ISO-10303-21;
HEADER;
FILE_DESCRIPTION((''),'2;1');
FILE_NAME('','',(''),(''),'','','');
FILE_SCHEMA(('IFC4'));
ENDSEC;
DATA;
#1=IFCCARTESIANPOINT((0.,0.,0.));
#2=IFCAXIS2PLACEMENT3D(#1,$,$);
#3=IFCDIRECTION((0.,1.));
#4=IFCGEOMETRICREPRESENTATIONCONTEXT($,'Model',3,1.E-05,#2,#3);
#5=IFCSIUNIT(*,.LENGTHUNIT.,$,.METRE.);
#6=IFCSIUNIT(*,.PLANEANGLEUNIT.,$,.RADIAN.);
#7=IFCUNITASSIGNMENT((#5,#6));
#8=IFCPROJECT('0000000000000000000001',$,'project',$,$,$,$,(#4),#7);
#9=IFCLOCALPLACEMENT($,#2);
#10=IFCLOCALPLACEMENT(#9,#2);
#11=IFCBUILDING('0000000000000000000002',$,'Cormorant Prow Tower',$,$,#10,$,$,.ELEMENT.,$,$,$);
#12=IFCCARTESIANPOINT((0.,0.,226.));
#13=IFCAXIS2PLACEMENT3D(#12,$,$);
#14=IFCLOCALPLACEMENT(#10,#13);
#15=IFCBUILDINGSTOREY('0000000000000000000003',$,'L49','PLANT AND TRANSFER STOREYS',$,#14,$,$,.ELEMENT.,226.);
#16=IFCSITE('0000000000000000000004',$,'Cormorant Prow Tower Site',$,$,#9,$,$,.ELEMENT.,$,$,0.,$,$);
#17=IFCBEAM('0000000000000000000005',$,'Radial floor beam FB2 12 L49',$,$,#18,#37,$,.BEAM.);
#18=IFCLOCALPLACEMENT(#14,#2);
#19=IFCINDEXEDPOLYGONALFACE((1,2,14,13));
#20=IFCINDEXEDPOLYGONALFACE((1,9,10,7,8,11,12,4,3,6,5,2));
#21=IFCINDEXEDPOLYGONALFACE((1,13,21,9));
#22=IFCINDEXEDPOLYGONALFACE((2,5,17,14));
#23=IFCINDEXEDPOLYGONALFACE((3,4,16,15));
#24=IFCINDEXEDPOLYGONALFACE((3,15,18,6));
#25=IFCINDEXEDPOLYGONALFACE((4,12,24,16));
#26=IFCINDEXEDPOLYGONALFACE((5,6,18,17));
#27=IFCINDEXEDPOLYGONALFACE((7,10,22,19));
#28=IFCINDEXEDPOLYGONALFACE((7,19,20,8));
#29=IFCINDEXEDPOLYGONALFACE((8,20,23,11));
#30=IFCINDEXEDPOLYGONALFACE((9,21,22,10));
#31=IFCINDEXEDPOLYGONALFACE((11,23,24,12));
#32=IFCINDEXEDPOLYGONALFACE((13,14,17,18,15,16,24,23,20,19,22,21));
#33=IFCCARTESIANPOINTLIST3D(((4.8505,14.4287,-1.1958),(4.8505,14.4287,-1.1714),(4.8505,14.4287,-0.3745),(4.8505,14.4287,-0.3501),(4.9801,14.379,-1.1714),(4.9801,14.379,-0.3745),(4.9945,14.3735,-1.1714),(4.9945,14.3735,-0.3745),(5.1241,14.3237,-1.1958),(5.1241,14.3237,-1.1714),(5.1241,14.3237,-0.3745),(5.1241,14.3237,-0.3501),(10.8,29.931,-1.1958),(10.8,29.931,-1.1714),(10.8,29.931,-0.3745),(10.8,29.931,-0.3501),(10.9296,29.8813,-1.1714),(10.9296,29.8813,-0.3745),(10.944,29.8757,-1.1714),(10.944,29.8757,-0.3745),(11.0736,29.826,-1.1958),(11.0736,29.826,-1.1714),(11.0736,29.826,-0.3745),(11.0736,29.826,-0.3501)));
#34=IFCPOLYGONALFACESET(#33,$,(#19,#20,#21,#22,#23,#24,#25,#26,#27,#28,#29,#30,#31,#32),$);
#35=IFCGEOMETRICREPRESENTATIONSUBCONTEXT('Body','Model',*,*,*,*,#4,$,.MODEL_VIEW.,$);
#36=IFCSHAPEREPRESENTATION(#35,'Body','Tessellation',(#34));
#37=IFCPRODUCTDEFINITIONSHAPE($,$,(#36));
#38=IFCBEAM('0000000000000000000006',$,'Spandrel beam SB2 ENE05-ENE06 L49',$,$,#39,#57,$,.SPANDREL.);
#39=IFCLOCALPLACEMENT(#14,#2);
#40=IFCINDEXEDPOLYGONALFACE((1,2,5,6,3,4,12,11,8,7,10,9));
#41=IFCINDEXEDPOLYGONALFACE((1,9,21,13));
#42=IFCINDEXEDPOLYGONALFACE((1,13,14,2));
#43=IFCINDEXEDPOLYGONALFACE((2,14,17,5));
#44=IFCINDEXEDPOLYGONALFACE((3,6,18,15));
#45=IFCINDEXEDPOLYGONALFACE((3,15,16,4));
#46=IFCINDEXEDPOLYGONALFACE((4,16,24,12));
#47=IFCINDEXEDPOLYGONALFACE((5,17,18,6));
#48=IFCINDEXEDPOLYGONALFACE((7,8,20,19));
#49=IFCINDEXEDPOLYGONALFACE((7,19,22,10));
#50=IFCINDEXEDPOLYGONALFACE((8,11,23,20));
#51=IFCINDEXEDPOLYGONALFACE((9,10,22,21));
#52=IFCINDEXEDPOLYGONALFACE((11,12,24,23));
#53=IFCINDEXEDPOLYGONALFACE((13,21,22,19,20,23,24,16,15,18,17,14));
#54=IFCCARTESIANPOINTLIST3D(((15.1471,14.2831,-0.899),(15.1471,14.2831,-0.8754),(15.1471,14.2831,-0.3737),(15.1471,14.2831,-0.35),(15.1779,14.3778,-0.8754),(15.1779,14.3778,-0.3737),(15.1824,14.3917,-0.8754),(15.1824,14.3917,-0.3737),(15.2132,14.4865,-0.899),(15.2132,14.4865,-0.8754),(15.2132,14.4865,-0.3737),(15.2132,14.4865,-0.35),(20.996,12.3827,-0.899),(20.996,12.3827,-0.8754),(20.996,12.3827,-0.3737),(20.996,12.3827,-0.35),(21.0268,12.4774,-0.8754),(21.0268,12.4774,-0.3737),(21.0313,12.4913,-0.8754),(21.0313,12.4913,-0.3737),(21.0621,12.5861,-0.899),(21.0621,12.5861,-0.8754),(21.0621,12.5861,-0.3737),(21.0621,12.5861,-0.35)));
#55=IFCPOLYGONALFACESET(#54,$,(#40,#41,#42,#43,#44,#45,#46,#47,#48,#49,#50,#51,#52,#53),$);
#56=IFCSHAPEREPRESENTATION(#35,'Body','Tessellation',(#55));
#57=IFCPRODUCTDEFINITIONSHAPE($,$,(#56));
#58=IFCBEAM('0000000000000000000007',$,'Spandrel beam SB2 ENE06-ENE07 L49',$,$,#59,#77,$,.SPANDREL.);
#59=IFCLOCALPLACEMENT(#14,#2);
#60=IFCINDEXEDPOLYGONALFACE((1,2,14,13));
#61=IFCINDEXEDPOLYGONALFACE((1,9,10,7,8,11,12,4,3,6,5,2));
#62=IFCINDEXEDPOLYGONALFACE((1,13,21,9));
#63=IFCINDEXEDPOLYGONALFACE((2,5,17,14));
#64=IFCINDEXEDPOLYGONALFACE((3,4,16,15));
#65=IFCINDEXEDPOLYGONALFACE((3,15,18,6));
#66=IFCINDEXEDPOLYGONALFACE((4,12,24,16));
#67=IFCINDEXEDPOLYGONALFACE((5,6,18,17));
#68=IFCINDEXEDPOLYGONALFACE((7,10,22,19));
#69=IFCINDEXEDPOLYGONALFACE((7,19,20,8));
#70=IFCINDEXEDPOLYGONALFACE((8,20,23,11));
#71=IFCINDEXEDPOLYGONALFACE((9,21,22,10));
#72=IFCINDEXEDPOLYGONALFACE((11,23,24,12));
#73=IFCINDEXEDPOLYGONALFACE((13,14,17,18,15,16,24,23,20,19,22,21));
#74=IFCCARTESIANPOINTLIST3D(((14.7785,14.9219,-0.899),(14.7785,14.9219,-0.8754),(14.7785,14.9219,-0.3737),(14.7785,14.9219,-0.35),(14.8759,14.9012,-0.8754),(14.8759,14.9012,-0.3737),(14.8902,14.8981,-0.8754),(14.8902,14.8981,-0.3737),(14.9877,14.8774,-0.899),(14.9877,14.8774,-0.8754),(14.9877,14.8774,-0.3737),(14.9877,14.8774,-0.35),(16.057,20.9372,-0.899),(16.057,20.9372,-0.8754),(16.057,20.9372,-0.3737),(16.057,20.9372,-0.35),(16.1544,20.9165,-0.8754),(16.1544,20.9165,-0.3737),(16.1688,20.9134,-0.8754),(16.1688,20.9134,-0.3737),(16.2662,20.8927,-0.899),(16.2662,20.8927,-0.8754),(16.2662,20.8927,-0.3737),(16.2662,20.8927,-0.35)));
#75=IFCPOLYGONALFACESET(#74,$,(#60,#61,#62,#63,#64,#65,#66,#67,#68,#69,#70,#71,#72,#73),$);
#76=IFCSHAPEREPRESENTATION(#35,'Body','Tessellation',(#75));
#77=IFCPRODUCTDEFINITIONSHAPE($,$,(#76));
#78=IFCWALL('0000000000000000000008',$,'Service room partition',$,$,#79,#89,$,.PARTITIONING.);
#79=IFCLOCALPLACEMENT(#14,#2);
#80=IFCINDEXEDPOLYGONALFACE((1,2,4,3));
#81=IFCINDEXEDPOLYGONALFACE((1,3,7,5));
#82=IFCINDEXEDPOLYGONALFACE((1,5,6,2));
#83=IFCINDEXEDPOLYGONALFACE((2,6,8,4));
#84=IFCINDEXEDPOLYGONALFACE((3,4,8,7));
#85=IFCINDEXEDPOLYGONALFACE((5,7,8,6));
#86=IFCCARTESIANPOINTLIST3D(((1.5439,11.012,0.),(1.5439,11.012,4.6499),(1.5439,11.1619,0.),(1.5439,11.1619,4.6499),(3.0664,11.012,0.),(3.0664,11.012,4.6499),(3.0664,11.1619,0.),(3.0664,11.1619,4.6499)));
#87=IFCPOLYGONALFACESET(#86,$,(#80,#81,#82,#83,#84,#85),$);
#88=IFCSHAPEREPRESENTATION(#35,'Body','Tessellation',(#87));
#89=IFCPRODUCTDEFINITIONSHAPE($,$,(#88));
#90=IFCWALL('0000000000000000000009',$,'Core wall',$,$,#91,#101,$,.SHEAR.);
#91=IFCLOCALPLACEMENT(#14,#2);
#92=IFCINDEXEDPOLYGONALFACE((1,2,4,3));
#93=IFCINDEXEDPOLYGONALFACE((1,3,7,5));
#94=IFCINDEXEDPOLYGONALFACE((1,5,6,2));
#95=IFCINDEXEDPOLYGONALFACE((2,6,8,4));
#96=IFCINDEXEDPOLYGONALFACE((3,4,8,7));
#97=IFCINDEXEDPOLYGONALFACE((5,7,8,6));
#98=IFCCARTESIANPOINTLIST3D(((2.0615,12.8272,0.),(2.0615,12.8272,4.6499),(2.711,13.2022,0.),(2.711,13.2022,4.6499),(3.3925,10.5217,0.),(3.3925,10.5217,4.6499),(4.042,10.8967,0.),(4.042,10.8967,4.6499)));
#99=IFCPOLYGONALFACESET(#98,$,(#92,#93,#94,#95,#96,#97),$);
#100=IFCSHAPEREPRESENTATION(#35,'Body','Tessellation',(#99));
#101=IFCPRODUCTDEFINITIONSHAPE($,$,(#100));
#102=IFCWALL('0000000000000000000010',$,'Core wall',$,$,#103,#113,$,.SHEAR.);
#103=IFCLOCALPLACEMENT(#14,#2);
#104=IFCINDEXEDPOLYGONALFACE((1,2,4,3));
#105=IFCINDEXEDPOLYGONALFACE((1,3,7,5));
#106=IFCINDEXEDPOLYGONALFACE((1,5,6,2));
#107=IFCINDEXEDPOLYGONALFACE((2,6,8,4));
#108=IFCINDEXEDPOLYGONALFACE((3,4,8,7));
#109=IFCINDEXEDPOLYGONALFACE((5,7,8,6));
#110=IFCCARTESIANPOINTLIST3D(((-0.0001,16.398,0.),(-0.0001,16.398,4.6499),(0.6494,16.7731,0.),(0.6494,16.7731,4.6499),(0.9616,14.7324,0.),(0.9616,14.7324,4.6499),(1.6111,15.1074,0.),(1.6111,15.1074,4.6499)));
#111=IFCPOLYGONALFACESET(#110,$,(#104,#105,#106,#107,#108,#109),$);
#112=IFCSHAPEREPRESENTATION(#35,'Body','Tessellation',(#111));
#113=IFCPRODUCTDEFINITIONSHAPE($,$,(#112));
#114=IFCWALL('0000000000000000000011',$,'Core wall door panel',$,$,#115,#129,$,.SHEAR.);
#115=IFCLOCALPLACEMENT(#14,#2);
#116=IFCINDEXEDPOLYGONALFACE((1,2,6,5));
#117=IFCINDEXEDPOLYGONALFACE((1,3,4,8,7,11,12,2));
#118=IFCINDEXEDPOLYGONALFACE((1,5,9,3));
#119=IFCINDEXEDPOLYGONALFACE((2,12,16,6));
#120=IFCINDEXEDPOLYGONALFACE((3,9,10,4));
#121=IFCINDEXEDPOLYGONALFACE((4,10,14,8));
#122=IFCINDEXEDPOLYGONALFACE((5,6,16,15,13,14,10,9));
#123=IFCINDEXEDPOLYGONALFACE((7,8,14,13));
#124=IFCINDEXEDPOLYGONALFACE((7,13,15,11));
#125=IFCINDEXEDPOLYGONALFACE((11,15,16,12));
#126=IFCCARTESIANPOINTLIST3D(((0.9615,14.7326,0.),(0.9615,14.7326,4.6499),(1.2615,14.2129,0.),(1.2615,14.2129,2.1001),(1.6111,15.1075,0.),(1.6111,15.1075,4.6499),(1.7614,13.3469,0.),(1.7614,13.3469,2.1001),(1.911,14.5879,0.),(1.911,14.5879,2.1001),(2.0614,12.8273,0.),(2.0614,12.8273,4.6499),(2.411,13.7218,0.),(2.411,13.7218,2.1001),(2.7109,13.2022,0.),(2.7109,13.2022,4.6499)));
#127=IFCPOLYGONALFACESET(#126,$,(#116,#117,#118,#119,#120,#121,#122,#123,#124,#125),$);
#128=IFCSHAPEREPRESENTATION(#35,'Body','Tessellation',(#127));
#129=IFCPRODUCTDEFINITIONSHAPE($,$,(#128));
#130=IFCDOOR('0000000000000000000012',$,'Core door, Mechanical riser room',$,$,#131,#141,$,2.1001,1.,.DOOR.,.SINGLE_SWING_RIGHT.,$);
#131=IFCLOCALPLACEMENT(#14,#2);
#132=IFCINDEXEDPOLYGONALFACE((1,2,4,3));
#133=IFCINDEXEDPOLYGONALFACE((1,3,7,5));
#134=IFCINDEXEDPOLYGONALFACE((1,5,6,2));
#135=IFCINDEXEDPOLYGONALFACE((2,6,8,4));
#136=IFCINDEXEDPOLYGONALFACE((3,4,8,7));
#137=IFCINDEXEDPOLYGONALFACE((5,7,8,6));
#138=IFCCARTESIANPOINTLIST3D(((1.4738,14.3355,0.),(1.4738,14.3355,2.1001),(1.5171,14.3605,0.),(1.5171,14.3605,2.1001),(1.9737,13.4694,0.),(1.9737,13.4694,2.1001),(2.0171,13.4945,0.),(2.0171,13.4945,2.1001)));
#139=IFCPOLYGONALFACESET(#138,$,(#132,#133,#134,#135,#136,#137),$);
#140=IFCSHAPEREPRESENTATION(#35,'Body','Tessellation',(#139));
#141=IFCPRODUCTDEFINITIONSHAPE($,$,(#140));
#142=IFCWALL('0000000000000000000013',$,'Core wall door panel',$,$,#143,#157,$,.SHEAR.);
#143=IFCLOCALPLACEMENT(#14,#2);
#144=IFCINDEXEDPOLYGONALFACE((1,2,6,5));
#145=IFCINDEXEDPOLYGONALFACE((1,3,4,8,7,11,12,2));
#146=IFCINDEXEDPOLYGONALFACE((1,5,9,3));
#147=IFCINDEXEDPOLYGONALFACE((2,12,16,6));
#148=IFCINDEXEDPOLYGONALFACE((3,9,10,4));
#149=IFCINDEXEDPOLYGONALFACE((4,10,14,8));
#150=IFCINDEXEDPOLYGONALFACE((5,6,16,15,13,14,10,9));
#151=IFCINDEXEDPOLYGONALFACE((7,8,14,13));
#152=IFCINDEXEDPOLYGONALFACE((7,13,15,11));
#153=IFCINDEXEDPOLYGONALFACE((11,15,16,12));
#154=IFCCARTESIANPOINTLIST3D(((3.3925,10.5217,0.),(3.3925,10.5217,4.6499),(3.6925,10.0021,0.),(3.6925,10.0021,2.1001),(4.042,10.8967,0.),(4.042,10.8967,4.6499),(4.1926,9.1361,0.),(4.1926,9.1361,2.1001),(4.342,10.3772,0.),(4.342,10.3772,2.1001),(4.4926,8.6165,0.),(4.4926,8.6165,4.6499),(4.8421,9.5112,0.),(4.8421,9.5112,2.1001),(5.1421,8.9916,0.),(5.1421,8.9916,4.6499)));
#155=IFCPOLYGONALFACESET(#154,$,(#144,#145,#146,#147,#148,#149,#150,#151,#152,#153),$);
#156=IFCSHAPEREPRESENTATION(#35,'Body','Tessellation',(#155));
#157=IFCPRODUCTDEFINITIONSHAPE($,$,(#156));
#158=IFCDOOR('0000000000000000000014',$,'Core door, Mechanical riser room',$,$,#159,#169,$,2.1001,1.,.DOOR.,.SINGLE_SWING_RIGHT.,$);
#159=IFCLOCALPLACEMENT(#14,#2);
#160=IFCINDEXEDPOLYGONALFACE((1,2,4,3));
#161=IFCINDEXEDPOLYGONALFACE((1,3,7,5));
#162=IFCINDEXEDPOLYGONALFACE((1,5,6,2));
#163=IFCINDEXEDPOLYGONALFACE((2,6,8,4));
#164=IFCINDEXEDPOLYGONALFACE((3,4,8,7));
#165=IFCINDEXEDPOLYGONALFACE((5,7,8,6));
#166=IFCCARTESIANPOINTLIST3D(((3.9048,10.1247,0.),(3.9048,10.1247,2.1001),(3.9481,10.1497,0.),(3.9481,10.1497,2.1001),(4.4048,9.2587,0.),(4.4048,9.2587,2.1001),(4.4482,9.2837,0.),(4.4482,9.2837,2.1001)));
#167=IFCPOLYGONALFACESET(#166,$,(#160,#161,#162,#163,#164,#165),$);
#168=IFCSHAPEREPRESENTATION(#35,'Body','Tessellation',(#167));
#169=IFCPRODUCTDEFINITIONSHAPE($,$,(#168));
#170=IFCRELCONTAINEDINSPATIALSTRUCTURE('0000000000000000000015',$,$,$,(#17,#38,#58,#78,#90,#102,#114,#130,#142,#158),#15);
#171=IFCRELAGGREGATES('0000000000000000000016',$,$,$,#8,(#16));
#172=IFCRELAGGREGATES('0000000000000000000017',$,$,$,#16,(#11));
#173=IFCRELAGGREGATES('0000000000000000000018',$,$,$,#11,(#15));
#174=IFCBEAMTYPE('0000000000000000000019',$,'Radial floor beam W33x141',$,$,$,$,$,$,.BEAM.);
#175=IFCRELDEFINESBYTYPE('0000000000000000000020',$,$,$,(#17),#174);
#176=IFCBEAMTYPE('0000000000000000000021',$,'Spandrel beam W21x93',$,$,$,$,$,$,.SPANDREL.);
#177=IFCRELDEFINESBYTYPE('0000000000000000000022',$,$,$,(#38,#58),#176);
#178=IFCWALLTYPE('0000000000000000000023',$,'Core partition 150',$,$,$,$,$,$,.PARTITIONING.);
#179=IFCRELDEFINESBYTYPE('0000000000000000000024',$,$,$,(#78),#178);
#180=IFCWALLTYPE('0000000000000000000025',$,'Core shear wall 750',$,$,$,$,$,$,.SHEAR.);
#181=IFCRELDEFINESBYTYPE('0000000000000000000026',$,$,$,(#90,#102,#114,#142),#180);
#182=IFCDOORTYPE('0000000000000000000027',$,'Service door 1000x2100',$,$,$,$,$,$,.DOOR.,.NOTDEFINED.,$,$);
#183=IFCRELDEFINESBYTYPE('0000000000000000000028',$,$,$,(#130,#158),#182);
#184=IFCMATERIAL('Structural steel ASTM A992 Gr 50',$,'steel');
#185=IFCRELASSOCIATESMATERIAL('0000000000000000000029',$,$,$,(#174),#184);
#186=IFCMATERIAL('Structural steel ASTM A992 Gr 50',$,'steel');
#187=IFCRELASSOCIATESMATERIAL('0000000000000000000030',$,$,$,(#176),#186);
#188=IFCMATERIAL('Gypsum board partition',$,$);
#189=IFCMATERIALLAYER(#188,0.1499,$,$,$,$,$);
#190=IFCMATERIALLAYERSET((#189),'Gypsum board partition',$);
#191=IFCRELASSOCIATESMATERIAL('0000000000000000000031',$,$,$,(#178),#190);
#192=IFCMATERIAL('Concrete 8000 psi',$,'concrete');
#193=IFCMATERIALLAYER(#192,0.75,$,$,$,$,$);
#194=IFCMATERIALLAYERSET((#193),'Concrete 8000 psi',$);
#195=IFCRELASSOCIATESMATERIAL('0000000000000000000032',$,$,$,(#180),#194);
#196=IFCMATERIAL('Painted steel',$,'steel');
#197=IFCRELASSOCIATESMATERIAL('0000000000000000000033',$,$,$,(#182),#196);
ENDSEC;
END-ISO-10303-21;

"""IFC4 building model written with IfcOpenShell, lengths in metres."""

from ifc_helpers import new_model, si_unit, direction, frame, frame_2d, origin, origin_2d, place, context, subcontext, project, spatial, rectangle, i_section, extrude, material, layer, layer_set, material_profile, profile_set, type_object, element, fill, save


model = new_model("IFC4")

# Units and contexts
model_context = context("Model", 3, precision=1e-05, world=origin(), true_north=direction((0.0, 1.0)))
body_context = subcontext(model_context, "Body", "Model", "MODEL_VIEW")
ifc_project = project(units=[si_unit("LENGTHUNIT", "METRE"), si_unit("PLANEANGLEUNIT", "RADIAN")], contexts=[model_context])

# Site, building, storey
site_placement = place(None, origin())
site = spatial("IfcSite", under=ifc_project, at=site_placement, Name="Cormorant Prow Tower Site", CompositionType="ELEMENT", RefElevation=0.0)
building_placement = place(site_placement, origin())
building = spatial("IfcBuilding", under=site, at=building_placement, Name="Cormorant Prow Tower", CompositionType="ELEMENT")
storey_placement = place(building_placement, frame((0.0, 0.0, 226.0)))
storey = spatial("IfcBuildingStorey", under=building, at=storey_placement, Name="L49", Description="PLANT AND TRANSFER STOREYS", CompositionType="ELEMENT", Elevation=226.0)

# Beams
ifc_material_1 = material(Name="Structural steel ASTM A992 Gr 50", Category="steel")
ifc_material_profile_1 = material_profile(ifc_material_1, i_section(OverallWidth=0.293, OverallDepth=0.8457, WebThickness=0.0154, FlangeThickness=0.0244, at=origin_2d()), Name="W33x141")
ifc_profile_set_1 = profile_set([ifc_material_profile_1], Name="Structural steel ASTM A992 Gr 50")
beam_type_1 = type_object("IfcBeamType", Name="Radial floor beam W33x141", PredefinedType="BEAM", material=ifc_profile_set_1)
beam_1_placement = place(storey_placement, frame((4.9873, 14.3762, -0.7729), z_axis=(0.358301, 0.933606, 0.0), x_axis=(-0.933606, 0.358301, 0.0)))
element("IfcBeam", 1, at=beam_1_placement, inside=storey, type_object=beam_type_1, Name="Radial floor beam FB2 12 L49", PredefinedType="BEAM", context=body_context, shape_type="SweptSolid", body=[
    extrude(i_section(OverallWidth=0.293, OverallDepth=0.8457, WebThickness=0.0154, FlangeThickness=0.0244, at=origin_2d()), origin(), (0.0, 0.0, 1.0), 16.6047),
])
ifc_material_2 = material(Name="Structural steel ASTM A992 Gr 50", Category="steel")
ifc_material_profile_2 = material_profile(ifc_material_2, i_section(OverallWidth=0.2139, OverallDepth=0.5491, WebThickness=0.0146, FlangeThickness=0.0237, at=origin_2d()), Name="W21x93")
ifc_profile_set_2 = profile_set([ifc_material_profile_2], Name="Structural steel ASTM A992 Gr 50")
beam_type_2 = type_object("IfcBeamType", Name="Spandrel beam W21x93", PredefinedType="SPANDREL", material=ifc_profile_set_2)
beam_2_placement = place(storey_placement, frame((21.0291, 12.4844, -0.6245), z_axis=(-0.951058, 0.309013, 0.0), x_axis=(-0.309013, -0.951058, 0.0)))
element("IfcBeam", 2, at=beam_2_placement, inside=storey, type_object=beam_type_2, Name="Spandrel beam SB2 ENE05-ENE06 L49", PredefinedType="SPANDREL", context=body_context, shape_type="SweptSolid", body=[
    extrude(i_section(OverallWidth=0.2139, OverallDepth=0.5491, WebThickness=0.0146, FlangeThickness=0.0237, at=origin_2d()), origin(), (0.0, 0.0, 1.0), 6.1499),
])
beam_3_placement = place(storey_placement, frame((14.8831, 14.8997, -0.6245), z_axis=(0.207905, 0.978149, 0.0), x_axis=(-0.978149, 0.207905, 0.0)))
element("IfcBeam", 3, at=beam_3_placement, inside=storey, type_object=beam_type_2, Name="Spandrel beam SB2 ENE06-ENE07 L49", PredefinedType="SPANDREL", context=body_context, shape_type="SweptSolid", body=[
    extrude(i_section(OverallWidth=0.2139, OverallDepth=0.5491, WebThickness=0.0146, FlangeThickness=0.0237, at=origin_2d()), origin(), (0.0, 0.0, 1.0), 6.1497),
])

# Walls
ifc_material_3 = material(Name="Gypsum board partition")
ifc_layer_1 = layer(ifc_material_3, 0.1499)
ifc_layer_set_1 = layer_set([ifc_layer_1], Name="Gypsum board partition")
wall_type_1 = type_object("IfcWallType", Name="Core partition 150", PredefinedType="PARTITIONING", material=ifc_layer_set_1)
wall_1_placement = place(storey_placement, frame((1.5439, 11.0869, 0.0), z_axis=(0.0, 0.0, 1.0), x_axis=(1.0, 0.0, 0.0)))
element("IfcWall", 4, at=wall_1_placement, inside=storey, type_object=wall_type_1, Name="Service room partition", PredefinedType="PARTITIONING", context=body_context, shape_type="SweptSolid", body=[
    extrude(rectangle(XDim=1.5225, YDim=0.1499, at=frame_2d((0.7612, 0.0))), origin(), (0.0, 0.0, 1.0), 4.6499),
])
ifc_material_4 = material(Name="Concrete 8000 psi", Category="concrete")
ifc_layer_2 = layer(ifc_material_4, 0.75)
ifc_layer_set_2 = layer_set([ifc_layer_2], Name="Concrete 8000 psi")
wall_type_2 = type_object("IfcWallType", Name="Core shear wall 750", PredefinedType="SHEAR", material=ifc_layer_set_2)
wall_2_placement = place(storey_placement, frame((3.7173, 10.7092, 0.0), z_axis=(0.0, 0.0, 1.0), x_axis=(-0.500006, 0.866022, 0.0)))
element("IfcWall", 5, at=wall_2_placement, inside=storey, type_object=wall_type_2, Name="Core wall", PredefinedType="SHEAR", context=body_context, shape_type="SweptSolid", body=[
    extrude(rectangle(XDim=2.6621, YDim=0.75, at=frame_2d((1.3311, 0.0))), origin(), (0.0, 0.0, 1.0), 4.6499),
])
wall_3_placement = place(storey_placement, frame((1.2864, 14.9199, 0.0), z_axis=(0.0, 0.0, 1.0), x_axis=(-0.50003, 0.866008, 0.0)))
element("IfcWall", 6, at=wall_3_placement, inside=storey, type_object=wall_type_2, Name="Core wall", PredefinedType="SHEAR", context=body_context, shape_type="SweptSolid", body=[
    extrude(rectangle(XDim=1.9233, YDim=0.75, at=frame_2d((0.9617, 0.0))), origin(), (0.0, 0.0, 1.0), 4.6499),
])

# Walls, openings, doors
wall_4_placement = place(storey_placement, frame((2.3862, 13.0146, 0.0), z_axis=(0.0, 0.0, 1.0), x_axis=(-0.499947, 0.866056, 0.0)))
wall_4 = element("IfcWall", 7, at=wall_4_placement, inside=storey, type_object=wall_type_2, Name="Core wall door panel", PredefinedType="SHEAR", context=body_context, shape_type="SweptSolid", body=[
    extrude(rectangle(XDim=2.2, YDim=0.75, at=frame_2d((1.1001, 0.0))), origin(), (0.0, 0.0, 1.0), 4.6499),
])
opening_1_placement = place(wall_4_placement, frame((0.6001, 0.0, 0.0)))
opening_1 = element("IfcOpeningElement", 8, at=opening_1_placement, cuts=wall_4, PredefinedType="OPENING", context=body_context, shape_type="SweptSolid", body=[
    extrude(rectangle(XDim=1.0, YDim=2.1001, at=frame_2d((0.5, 1.05))), frame((0.0, 0.385, 0.0), z_axis=(0.0, -1.0, 0.0), x_axis=(1.0, 0.0, 0.0)), (0.0, 0.0, 1.0), 0.77),
])
ifc_material_5 = material(Name="Painted steel", Category="steel")
door_type_1 = type_object("IfcDoorType", Name="Service door 1000x2100", OperationType="NOTDEFINED", PredefinedType="DOOR", material=ifc_material_5)
door_1_placement = place(opening_1_placement, origin())
door_1 = element("IfcDoor", 9, at=door_1_placement, inside=storey, type_object=door_type_1, Name="Core door, Mechanical riser room", OperationType="SINGLE_SWING_RIGHT", OverallHeight=2.1001, OverallWidth=1.0, PredefinedType="DOOR", context=body_context, shape_type="SweptSolid", body=[
    extrude(rectangle(XDim=1.0, YDim=2.1001, at=frame_2d((0.5, 1.05))), frame((0.0, 0.1299, 0.0), z_axis=(0.0, -1.0, 0.0), x_axis=(1.0, 0.0, 0.0)), (0.0, 0.0, 1.0), 0.05),
])
fill(opening_1, door_1)
wall_5_placement = place(storey_placement, frame((4.8174, 8.804, 0.0), z_axis=(0.0, 0.0, 1.0), x_axis=(-0.50003, 0.866008, 0.0)))
wall_5 = element("IfcWall", 10, at=wall_5_placement, inside=storey, type_object=wall_type_2, Name="Core wall door panel", PredefinedType="SHEAR", context=body_context, shape_type="SweptSolid", body=[
    extrude(rectangle(XDim=2.2, YDim=0.75, at=frame_2d((1.1001, 0.0))), origin(), (0.0, 0.0, 1.0), 4.6499),
])
opening_2_placement = place(wall_5_placement, frame((0.6001, 0.0, 0.0)))
opening_2 = element("IfcOpeningElement", 11, at=opening_2_placement, cuts=wall_5, PredefinedType="OPENING", context=body_context, shape_type="SweptSolid", body=[
    extrude(rectangle(XDim=1.0, YDim=2.1001, at=frame_2d((0.5, 1.05))), frame((0.0, 0.385, 0.0), z_axis=(0.0, -1.0, 0.0), x_axis=(1.0, 0.0, 0.0)), (0.0, 0.0, 1.0), 0.77),
])
door_2_placement = place(opening_2_placement, origin())
door_2 = element("IfcDoor", 12, at=door_2_placement, inside=storey, type_object=door_type_1, Name="Core door, Mechanical riser room", OperationType="SINGLE_SWING_RIGHT", OverallHeight=2.1001, OverallWidth=1.0, PredefinedType="DOOR", context=body_context, shape_type="SweptSolid", body=[
    extrude(rectangle(XDim=1.0, YDim=2.1001, at=frame_2d((0.5, 1.05))), frame((0.0, 0.1299, 0.0), z_axis=(0.0, -1.0, 0.0), x_axis=(1.0, 0.0, 0.0)), (0.0, 0.0, 1.0), 0.05),
])
fill(opening_2, door_2)

save(model, "model.ifc")
